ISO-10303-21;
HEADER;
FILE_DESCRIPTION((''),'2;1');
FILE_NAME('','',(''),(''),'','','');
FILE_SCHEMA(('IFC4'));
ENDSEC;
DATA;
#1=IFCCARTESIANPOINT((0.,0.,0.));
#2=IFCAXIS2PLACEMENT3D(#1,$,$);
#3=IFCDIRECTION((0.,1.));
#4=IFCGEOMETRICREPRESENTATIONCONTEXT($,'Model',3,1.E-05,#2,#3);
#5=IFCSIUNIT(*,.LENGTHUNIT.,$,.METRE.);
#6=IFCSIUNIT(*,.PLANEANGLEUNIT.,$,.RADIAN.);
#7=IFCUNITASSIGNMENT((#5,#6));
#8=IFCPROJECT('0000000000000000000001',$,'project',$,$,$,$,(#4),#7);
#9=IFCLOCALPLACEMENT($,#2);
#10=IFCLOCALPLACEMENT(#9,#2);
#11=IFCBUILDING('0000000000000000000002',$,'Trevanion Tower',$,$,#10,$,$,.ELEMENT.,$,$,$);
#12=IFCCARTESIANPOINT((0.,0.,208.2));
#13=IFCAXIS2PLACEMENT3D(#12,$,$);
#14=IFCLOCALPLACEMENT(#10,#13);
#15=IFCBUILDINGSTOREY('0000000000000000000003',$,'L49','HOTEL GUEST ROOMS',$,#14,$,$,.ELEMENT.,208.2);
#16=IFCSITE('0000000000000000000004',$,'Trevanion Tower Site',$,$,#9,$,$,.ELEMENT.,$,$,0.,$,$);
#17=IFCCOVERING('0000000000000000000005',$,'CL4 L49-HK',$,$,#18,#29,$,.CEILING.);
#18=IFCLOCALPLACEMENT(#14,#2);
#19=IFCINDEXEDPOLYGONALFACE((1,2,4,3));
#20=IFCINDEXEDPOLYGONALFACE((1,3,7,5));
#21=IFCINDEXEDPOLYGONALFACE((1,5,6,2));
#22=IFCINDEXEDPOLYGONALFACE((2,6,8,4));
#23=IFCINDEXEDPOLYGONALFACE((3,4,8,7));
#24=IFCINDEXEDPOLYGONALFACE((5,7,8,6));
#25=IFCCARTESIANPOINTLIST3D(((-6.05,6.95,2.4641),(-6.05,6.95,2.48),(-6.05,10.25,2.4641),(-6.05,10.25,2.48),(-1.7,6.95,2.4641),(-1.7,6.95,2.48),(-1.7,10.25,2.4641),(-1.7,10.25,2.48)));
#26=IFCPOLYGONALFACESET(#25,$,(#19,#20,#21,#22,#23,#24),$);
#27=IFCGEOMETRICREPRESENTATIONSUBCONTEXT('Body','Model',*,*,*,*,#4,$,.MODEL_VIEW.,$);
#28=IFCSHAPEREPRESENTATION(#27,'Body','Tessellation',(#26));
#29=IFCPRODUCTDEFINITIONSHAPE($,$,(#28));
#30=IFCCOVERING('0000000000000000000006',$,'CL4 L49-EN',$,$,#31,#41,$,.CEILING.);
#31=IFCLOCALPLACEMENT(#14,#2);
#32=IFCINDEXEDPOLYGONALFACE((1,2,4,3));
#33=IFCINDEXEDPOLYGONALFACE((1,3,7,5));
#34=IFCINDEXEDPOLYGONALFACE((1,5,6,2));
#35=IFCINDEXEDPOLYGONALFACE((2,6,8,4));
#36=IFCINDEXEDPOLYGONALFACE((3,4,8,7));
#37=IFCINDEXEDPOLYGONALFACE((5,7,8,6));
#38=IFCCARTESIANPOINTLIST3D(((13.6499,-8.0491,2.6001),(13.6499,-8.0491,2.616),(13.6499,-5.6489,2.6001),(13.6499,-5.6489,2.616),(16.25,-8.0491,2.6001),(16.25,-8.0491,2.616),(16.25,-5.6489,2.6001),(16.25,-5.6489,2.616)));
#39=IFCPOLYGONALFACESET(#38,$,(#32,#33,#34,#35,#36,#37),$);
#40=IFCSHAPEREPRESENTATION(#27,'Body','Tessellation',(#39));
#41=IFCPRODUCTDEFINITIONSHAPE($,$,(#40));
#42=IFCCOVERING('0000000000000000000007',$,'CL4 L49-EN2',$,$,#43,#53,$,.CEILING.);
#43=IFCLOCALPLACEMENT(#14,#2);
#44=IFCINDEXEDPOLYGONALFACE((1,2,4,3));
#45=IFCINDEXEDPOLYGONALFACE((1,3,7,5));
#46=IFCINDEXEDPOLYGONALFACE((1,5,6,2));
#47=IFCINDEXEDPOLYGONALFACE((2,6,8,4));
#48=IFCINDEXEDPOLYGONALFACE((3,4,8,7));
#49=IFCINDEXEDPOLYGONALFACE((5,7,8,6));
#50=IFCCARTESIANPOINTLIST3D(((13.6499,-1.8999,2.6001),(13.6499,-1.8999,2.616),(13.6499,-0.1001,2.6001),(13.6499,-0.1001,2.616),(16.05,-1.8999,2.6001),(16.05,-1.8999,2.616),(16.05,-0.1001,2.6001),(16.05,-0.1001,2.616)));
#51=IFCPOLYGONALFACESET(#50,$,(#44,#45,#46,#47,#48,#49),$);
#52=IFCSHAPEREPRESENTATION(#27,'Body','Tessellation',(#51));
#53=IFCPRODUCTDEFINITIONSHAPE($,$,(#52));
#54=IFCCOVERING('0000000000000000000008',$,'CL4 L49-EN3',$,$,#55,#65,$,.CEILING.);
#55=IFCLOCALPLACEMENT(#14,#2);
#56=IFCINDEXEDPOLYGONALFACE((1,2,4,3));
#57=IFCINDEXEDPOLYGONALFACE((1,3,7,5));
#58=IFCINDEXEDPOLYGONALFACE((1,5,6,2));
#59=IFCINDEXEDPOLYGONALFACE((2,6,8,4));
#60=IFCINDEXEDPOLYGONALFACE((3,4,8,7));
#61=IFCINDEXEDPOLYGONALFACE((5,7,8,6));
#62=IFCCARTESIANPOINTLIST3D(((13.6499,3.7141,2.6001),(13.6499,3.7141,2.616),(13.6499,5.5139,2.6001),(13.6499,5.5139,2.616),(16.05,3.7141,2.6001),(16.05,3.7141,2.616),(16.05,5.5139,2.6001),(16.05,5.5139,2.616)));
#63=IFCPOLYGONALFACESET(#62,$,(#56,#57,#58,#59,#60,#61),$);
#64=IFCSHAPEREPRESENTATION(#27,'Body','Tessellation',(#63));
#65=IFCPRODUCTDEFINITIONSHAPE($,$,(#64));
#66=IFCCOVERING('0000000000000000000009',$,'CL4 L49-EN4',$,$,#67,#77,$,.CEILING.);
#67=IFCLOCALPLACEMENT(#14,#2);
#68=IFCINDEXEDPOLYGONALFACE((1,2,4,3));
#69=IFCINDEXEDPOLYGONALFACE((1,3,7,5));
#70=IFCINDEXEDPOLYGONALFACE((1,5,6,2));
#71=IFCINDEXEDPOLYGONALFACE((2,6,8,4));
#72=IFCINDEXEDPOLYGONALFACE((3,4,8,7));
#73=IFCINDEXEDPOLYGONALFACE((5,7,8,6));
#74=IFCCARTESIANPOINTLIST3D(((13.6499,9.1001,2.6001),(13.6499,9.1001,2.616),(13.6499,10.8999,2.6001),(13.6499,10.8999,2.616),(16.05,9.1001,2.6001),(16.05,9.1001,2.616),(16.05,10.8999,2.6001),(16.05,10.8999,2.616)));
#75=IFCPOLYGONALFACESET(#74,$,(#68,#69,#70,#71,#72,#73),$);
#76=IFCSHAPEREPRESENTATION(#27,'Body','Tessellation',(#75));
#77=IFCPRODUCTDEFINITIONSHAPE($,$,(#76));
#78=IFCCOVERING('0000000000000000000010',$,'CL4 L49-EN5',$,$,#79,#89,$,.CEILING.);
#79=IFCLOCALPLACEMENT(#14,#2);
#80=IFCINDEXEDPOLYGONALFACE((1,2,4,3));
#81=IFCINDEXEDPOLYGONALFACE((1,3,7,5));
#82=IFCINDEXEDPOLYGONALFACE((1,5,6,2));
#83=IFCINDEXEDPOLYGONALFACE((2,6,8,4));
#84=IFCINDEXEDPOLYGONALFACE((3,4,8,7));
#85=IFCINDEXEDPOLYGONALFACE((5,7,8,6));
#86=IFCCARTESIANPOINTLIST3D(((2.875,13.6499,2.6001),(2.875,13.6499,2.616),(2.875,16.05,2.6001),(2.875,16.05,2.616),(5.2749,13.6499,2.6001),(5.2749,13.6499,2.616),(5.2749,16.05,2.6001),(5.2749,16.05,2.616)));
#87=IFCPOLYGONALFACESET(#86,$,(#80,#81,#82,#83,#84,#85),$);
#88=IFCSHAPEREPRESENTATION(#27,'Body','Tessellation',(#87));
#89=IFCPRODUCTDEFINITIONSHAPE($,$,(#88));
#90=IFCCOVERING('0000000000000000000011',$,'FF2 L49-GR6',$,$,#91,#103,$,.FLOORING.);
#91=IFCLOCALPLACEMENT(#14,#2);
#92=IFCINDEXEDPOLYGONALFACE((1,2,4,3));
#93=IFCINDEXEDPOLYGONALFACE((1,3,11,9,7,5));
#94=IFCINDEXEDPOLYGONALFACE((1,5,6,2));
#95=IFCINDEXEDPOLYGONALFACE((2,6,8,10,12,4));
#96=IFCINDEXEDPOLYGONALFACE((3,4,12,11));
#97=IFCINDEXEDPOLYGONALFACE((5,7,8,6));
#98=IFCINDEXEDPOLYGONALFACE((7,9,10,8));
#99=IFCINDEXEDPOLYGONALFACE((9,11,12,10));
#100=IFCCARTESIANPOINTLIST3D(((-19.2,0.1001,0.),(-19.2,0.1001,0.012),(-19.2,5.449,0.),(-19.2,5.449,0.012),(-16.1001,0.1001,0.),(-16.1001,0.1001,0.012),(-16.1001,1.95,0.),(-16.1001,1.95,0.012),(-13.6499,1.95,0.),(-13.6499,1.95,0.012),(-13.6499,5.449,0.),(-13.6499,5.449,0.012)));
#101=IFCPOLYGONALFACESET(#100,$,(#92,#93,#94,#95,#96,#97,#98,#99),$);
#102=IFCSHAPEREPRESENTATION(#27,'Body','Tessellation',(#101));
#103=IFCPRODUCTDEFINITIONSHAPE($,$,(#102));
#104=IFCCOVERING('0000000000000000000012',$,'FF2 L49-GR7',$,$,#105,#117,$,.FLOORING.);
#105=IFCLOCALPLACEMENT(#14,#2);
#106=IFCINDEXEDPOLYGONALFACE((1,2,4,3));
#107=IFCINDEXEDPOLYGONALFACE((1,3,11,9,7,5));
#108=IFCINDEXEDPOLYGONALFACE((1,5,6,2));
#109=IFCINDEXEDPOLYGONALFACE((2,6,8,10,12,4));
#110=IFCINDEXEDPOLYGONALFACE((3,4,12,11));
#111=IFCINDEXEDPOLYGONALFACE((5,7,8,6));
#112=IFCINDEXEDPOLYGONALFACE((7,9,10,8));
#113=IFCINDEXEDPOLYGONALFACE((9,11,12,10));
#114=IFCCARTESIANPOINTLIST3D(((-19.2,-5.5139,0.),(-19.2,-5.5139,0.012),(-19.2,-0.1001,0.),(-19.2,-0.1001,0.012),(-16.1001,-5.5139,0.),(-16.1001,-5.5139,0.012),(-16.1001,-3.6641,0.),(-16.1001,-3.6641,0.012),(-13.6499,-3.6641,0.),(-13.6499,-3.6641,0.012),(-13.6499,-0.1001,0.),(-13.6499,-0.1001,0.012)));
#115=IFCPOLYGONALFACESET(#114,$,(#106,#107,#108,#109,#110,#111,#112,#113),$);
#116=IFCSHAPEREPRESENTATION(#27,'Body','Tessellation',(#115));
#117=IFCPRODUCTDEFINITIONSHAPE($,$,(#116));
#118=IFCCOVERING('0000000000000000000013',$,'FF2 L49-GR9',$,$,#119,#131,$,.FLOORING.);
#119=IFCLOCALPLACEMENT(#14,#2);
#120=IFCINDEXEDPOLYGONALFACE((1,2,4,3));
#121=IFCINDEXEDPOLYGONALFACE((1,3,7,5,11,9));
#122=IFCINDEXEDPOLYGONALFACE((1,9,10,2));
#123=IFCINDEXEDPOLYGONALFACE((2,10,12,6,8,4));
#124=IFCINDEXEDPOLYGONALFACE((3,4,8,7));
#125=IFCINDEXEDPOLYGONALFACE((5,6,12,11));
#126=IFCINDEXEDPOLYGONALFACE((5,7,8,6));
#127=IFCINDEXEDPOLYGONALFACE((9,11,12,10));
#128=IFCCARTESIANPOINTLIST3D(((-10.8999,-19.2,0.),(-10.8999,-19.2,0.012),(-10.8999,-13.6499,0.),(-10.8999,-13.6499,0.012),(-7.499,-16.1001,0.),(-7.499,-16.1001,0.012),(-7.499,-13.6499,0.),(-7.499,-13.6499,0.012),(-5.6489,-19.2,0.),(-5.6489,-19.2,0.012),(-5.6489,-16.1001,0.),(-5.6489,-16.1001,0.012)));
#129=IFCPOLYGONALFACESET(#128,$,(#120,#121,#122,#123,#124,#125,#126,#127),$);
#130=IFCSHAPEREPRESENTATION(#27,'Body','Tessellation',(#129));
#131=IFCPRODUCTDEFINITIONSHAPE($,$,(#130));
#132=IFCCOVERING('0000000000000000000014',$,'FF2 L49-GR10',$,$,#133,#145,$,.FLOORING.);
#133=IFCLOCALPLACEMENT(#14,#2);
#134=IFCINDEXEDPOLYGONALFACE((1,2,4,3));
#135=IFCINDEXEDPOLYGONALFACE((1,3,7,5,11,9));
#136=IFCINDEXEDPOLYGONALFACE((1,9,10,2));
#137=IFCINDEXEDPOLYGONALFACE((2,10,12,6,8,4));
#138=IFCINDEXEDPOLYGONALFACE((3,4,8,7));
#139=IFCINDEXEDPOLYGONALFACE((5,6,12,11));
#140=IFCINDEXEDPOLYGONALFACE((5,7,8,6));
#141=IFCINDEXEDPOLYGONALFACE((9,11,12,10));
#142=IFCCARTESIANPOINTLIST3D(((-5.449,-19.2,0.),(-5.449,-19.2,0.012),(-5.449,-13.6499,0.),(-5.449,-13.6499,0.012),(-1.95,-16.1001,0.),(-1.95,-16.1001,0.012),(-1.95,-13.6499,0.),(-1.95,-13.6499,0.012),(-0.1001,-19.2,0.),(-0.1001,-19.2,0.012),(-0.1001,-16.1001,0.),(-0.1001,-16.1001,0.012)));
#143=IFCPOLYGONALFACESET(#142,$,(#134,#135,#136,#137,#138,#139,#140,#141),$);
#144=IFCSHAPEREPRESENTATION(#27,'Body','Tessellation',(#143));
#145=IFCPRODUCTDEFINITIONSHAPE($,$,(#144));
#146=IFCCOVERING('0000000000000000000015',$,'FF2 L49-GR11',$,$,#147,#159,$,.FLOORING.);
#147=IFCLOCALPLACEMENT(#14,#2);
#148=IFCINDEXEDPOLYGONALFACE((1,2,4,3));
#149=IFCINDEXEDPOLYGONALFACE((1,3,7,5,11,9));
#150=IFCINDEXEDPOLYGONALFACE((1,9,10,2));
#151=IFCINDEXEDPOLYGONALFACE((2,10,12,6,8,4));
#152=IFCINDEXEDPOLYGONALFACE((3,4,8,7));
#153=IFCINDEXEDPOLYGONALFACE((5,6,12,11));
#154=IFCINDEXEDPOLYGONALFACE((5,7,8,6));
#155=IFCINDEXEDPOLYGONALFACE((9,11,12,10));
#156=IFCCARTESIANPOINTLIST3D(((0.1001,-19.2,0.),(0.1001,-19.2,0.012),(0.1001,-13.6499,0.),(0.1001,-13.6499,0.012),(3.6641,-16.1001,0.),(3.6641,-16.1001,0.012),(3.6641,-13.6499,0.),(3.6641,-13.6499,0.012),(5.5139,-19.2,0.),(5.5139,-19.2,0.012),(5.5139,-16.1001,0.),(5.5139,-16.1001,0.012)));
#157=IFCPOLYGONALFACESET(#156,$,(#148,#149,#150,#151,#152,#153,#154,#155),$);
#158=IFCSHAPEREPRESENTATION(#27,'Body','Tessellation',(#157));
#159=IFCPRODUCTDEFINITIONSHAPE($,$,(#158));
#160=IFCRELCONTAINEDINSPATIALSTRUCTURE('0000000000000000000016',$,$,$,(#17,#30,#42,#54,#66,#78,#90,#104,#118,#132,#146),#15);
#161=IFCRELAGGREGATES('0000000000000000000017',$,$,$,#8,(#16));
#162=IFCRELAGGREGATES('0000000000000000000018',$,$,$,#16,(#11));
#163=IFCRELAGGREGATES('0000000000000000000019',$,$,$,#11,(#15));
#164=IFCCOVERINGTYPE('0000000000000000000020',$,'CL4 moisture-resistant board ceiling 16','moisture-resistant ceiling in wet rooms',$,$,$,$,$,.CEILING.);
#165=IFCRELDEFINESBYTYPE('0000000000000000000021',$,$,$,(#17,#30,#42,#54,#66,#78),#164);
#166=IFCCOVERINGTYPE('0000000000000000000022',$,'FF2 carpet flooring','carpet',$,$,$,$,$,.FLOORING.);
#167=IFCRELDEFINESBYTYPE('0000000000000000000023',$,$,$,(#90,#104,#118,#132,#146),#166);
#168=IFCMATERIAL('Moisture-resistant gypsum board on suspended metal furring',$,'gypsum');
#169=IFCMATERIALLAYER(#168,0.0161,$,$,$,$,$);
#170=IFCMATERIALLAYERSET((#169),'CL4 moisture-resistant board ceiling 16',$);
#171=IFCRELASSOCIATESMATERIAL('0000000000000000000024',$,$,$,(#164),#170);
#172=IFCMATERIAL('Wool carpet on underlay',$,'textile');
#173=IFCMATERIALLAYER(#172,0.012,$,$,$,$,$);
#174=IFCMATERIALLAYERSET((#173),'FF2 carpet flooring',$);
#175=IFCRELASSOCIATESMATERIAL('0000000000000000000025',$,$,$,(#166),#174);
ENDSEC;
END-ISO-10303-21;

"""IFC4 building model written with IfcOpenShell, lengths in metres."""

from ifc_helpers import new_model, si_unit, direction, frame, origin, place, context, subcontext, project, spatial, polyline, outline, extrude, material, layer, layer_set, type_object, element, save


model = new_model("IFC4")

# Units and contexts
model_context = context("Model", 3, precision=1e-05, world=origin(), true_north=direction((0.0, 1.0)))
body_context = subcontext(model_context, "Body", "Model", "MODEL_VIEW")
ifc_project = project(units=[si_unit("LENGTHUNIT", "METRE"), si_unit("PLANEANGLEUNIT", "RADIAN")], contexts=[model_context])

# Site, building, storey
site_placement = place(None, origin())
site = spatial("IfcSite", under=ifc_project, at=site_placement, Name="Trevanion Tower Site", CompositionType="ELEMENT", RefElevation=0.0)
building_placement = place(site_placement, origin())
building = spatial("IfcBuilding", under=site, at=building_placement, Name="Trevanion Tower", CompositionType="ELEMENT")
storey_placement = place(building_placement, frame((0.0, 0.0, 208.2)))
storey = spatial("IfcBuildingStorey", under=building, at=storey_placement, Name="L49", Description="HOTEL GUEST ROOMS", CompositionType="ELEMENT", Elevation=208.2)

# Coverings
ifc_material_1 = material(Name="Moisture-resistant gypsum board on suspended metal furring", Category="gypsum")
ifc_layer_1 = layer(ifc_material_1, 0.0161)
ifc_layer_set_1 = layer_set([ifc_layer_1], Name="CL4 moisture-resistant board ceiling 16")
covering_type_1 = type_object("IfcCoveringType", Name="CL4 moisture-resistant board ceiling 16", Description="moisture-resistant ceiling in wet rooms", PredefinedType="CEILING", material=ifc_layer_set_1)
covering_1_placement = place(storey_placement, frame((0.0, 0.0, 2.4641)))
element("IfcCovering", 1, at=covering_1_placement, inside=storey, type_object=covering_type_1, Name="CL4 L49-HK", PredefinedType="CEILING", context=body_context, shape_type="SweptSolid", body=[
    extrude(outline(polyline([(-1.7, 6.95), (-1.7, 10.25), (-6.05, 10.25), (-6.05, 6.95), (-1.7, 6.95)])), origin(), (0.0, 0.0, 1.0), 0.0159),
])
covering_2_placement = place(storey_placement, frame((0.0, 0.0, 2.6001)))
element("IfcCovering", 2, at=covering_2_placement, inside=storey, type_object=covering_type_1, Name="CL4 L49-EN", PredefinedType="CEILING", context=body_context, shape_type="SweptSolid", body=[
    extrude(outline(polyline([(16.25, -8.0491), (16.25, -5.6489), (13.6499, -5.6489), (13.6499, -8.0491), (16.25, -8.0491)])), origin(), (0.0, 0.0, 1.0), 0.0159),
])
covering_3_placement = place(storey_placement, frame((0.0, 0.0, 2.6001)))
element("IfcCovering", 3, at=covering_3_placement, inside=storey, type_object=covering_type_1, Name="CL4 L49-EN2", PredefinedType="CEILING", context=body_context, shape_type="SweptSolid", body=[
    extrude(outline(polyline([(16.05, -1.8999), (16.05, -0.1001), (13.6499, -0.1001), (13.6499, -1.8999), (16.05, -1.8999)])), origin(), (0.0, 0.0, 1.0), 0.0159),
])
covering_4_placement = place(storey_placement, frame((0.0, 0.0, 2.6001)))
element("IfcCovering", 4, at=covering_4_placement, inside=storey, type_object=covering_type_1, Name="CL4 L49-EN3", PredefinedType="CEILING", context=body_context, shape_type="SweptSolid", body=[
    extrude(outline(polyline([(16.05, 3.7141), (16.05, 5.5139), (13.6499, 5.5139), (13.6499, 3.7141), (16.05, 3.7141)])), origin(), (0.0, 0.0, 1.0), 0.0159),
])
covering_5_placement = place(storey_placement, frame((0.0, 0.0, 2.6001)))
element("IfcCovering", 5, at=covering_5_placement, inside=storey, type_object=covering_type_1, Name="CL4 L49-EN4", PredefinedType="CEILING", context=body_context, shape_type="SweptSolid", body=[
    extrude(outline(polyline([(16.05, 9.1001), (16.05, 10.8999), (13.6499, 10.8999), (13.6499, 9.1001), (16.05, 9.1001)])), origin(), (0.0, 0.0, 1.0), 0.0159),
])
covering_6_placement = place(storey_placement, frame((0.0, 0.0, 2.6001)))
element("IfcCovering", 6, at=covering_6_placement, inside=storey, type_object=covering_type_1, Name="CL4 L49-EN5", PredefinedType="CEILING", context=body_context, shape_type="SweptSolid", body=[
    extrude(outline(polyline([(5.2749, 16.05), (2.875, 16.05), (2.875, 13.6499), (5.2749, 13.6499), (5.2749, 16.05)])), origin(), (0.0, 0.0, 1.0), 0.0159),
])
ifc_material_2 = material(Name="Wool carpet on underlay", Category="textile")
ifc_layer_2 = layer(ifc_material_2, 0.012)
ifc_layer_set_2 = layer_set([ifc_layer_2], Name="FF2 carpet flooring")
covering_type_2 = type_object("IfcCoveringType", Name="FF2 carpet flooring", Description="carpet", PredefinedType="FLOORING", material=ifc_layer_set_2)
covering_7_placement = place(storey_placement, origin())
element("IfcCovering", 7, at=covering_7_placement, inside=storey, type_object=covering_type_2, Name="FF2 L49-GR6", PredefinedType="FLOORING", context=body_context, shape_type="SweptSolid", body=[
    extrude(outline(polyline([(-13.6499, 1.95), (-16.1001, 1.95), (-16.1001, 0.1001), (-19.2, 0.1001), (-19.2, 5.449), (-13.6499, 5.449), (-13.6499, 1.95)])), origin(), (0.0, 0.0, 1.0), 0.012),
])
covering_8_placement = place(storey_placement, origin())
element("IfcCovering", 8, at=covering_8_placement, inside=storey, type_object=covering_type_2, Name="FF2 L49-GR7", PredefinedType="FLOORING", context=body_context, shape_type="SweptSolid", body=[
    extrude(outline(polyline([(-13.6499, -3.6641), (-16.1001, -3.6641), (-16.1001, -5.5139), (-19.2, -5.5139), (-19.2, -0.1001), (-13.6499, -0.1001), (-13.6499, -3.6641)])), origin(), (0.0, 0.0, 1.0), 0.012),
])
covering_9_placement = place(storey_placement, origin())
element("IfcCovering", 9, at=covering_9_placement, inside=storey, type_object=covering_type_2, Name="FF2 L49-GR9", PredefinedType="FLOORING", context=body_context, shape_type="SweptSolid", body=[
    extrude(outline(polyline([(-7.499, -13.6499), (-7.499, -16.1001), (-5.6489, -16.1001), (-5.6489, -19.2), (-10.8999, -19.2), (-10.8999, -13.6499), (-7.499, -13.6499)])), origin(), (0.0, 0.0, 1.0), 0.012),
])
covering_10_placement = place(storey_placement, origin())
element("IfcCovering", 10, at=covering_10_placement, inside=storey, type_object=covering_type_2, Name="FF2 L49-GR10", PredefinedType="FLOORING", context=body_context, shape_type="SweptSolid", body=[
    extrude(outline(polyline([(-1.95, -13.6499), (-1.95, -16.1001), (-0.1001, -16.1001), (-0.1001, -19.2), (-5.449, -19.2), (-5.449, -13.6499), (-1.95, -13.6499)])), origin(), (0.0, 0.0, 1.0), 0.012),
])
covering_11_placement = place(storey_placement, origin())
element("IfcCovering", 11, at=covering_11_placement, inside=storey, type_object=covering_type_2, Name="FF2 L49-GR11", PredefinedType="FLOORING", context=body_context, shape_type="SweptSolid", body=[
    extrude(outline(polyline([(3.6641, -13.6499), (3.6641, -16.1001), (5.5139, -16.1001), (5.5139, -19.2), (0.1001, -19.2), (0.1001, -13.6499), (3.6641, -13.6499)])), origin(), (0.0, 0.0, 1.0), 0.012),
])

save(model, "model.ifc")
